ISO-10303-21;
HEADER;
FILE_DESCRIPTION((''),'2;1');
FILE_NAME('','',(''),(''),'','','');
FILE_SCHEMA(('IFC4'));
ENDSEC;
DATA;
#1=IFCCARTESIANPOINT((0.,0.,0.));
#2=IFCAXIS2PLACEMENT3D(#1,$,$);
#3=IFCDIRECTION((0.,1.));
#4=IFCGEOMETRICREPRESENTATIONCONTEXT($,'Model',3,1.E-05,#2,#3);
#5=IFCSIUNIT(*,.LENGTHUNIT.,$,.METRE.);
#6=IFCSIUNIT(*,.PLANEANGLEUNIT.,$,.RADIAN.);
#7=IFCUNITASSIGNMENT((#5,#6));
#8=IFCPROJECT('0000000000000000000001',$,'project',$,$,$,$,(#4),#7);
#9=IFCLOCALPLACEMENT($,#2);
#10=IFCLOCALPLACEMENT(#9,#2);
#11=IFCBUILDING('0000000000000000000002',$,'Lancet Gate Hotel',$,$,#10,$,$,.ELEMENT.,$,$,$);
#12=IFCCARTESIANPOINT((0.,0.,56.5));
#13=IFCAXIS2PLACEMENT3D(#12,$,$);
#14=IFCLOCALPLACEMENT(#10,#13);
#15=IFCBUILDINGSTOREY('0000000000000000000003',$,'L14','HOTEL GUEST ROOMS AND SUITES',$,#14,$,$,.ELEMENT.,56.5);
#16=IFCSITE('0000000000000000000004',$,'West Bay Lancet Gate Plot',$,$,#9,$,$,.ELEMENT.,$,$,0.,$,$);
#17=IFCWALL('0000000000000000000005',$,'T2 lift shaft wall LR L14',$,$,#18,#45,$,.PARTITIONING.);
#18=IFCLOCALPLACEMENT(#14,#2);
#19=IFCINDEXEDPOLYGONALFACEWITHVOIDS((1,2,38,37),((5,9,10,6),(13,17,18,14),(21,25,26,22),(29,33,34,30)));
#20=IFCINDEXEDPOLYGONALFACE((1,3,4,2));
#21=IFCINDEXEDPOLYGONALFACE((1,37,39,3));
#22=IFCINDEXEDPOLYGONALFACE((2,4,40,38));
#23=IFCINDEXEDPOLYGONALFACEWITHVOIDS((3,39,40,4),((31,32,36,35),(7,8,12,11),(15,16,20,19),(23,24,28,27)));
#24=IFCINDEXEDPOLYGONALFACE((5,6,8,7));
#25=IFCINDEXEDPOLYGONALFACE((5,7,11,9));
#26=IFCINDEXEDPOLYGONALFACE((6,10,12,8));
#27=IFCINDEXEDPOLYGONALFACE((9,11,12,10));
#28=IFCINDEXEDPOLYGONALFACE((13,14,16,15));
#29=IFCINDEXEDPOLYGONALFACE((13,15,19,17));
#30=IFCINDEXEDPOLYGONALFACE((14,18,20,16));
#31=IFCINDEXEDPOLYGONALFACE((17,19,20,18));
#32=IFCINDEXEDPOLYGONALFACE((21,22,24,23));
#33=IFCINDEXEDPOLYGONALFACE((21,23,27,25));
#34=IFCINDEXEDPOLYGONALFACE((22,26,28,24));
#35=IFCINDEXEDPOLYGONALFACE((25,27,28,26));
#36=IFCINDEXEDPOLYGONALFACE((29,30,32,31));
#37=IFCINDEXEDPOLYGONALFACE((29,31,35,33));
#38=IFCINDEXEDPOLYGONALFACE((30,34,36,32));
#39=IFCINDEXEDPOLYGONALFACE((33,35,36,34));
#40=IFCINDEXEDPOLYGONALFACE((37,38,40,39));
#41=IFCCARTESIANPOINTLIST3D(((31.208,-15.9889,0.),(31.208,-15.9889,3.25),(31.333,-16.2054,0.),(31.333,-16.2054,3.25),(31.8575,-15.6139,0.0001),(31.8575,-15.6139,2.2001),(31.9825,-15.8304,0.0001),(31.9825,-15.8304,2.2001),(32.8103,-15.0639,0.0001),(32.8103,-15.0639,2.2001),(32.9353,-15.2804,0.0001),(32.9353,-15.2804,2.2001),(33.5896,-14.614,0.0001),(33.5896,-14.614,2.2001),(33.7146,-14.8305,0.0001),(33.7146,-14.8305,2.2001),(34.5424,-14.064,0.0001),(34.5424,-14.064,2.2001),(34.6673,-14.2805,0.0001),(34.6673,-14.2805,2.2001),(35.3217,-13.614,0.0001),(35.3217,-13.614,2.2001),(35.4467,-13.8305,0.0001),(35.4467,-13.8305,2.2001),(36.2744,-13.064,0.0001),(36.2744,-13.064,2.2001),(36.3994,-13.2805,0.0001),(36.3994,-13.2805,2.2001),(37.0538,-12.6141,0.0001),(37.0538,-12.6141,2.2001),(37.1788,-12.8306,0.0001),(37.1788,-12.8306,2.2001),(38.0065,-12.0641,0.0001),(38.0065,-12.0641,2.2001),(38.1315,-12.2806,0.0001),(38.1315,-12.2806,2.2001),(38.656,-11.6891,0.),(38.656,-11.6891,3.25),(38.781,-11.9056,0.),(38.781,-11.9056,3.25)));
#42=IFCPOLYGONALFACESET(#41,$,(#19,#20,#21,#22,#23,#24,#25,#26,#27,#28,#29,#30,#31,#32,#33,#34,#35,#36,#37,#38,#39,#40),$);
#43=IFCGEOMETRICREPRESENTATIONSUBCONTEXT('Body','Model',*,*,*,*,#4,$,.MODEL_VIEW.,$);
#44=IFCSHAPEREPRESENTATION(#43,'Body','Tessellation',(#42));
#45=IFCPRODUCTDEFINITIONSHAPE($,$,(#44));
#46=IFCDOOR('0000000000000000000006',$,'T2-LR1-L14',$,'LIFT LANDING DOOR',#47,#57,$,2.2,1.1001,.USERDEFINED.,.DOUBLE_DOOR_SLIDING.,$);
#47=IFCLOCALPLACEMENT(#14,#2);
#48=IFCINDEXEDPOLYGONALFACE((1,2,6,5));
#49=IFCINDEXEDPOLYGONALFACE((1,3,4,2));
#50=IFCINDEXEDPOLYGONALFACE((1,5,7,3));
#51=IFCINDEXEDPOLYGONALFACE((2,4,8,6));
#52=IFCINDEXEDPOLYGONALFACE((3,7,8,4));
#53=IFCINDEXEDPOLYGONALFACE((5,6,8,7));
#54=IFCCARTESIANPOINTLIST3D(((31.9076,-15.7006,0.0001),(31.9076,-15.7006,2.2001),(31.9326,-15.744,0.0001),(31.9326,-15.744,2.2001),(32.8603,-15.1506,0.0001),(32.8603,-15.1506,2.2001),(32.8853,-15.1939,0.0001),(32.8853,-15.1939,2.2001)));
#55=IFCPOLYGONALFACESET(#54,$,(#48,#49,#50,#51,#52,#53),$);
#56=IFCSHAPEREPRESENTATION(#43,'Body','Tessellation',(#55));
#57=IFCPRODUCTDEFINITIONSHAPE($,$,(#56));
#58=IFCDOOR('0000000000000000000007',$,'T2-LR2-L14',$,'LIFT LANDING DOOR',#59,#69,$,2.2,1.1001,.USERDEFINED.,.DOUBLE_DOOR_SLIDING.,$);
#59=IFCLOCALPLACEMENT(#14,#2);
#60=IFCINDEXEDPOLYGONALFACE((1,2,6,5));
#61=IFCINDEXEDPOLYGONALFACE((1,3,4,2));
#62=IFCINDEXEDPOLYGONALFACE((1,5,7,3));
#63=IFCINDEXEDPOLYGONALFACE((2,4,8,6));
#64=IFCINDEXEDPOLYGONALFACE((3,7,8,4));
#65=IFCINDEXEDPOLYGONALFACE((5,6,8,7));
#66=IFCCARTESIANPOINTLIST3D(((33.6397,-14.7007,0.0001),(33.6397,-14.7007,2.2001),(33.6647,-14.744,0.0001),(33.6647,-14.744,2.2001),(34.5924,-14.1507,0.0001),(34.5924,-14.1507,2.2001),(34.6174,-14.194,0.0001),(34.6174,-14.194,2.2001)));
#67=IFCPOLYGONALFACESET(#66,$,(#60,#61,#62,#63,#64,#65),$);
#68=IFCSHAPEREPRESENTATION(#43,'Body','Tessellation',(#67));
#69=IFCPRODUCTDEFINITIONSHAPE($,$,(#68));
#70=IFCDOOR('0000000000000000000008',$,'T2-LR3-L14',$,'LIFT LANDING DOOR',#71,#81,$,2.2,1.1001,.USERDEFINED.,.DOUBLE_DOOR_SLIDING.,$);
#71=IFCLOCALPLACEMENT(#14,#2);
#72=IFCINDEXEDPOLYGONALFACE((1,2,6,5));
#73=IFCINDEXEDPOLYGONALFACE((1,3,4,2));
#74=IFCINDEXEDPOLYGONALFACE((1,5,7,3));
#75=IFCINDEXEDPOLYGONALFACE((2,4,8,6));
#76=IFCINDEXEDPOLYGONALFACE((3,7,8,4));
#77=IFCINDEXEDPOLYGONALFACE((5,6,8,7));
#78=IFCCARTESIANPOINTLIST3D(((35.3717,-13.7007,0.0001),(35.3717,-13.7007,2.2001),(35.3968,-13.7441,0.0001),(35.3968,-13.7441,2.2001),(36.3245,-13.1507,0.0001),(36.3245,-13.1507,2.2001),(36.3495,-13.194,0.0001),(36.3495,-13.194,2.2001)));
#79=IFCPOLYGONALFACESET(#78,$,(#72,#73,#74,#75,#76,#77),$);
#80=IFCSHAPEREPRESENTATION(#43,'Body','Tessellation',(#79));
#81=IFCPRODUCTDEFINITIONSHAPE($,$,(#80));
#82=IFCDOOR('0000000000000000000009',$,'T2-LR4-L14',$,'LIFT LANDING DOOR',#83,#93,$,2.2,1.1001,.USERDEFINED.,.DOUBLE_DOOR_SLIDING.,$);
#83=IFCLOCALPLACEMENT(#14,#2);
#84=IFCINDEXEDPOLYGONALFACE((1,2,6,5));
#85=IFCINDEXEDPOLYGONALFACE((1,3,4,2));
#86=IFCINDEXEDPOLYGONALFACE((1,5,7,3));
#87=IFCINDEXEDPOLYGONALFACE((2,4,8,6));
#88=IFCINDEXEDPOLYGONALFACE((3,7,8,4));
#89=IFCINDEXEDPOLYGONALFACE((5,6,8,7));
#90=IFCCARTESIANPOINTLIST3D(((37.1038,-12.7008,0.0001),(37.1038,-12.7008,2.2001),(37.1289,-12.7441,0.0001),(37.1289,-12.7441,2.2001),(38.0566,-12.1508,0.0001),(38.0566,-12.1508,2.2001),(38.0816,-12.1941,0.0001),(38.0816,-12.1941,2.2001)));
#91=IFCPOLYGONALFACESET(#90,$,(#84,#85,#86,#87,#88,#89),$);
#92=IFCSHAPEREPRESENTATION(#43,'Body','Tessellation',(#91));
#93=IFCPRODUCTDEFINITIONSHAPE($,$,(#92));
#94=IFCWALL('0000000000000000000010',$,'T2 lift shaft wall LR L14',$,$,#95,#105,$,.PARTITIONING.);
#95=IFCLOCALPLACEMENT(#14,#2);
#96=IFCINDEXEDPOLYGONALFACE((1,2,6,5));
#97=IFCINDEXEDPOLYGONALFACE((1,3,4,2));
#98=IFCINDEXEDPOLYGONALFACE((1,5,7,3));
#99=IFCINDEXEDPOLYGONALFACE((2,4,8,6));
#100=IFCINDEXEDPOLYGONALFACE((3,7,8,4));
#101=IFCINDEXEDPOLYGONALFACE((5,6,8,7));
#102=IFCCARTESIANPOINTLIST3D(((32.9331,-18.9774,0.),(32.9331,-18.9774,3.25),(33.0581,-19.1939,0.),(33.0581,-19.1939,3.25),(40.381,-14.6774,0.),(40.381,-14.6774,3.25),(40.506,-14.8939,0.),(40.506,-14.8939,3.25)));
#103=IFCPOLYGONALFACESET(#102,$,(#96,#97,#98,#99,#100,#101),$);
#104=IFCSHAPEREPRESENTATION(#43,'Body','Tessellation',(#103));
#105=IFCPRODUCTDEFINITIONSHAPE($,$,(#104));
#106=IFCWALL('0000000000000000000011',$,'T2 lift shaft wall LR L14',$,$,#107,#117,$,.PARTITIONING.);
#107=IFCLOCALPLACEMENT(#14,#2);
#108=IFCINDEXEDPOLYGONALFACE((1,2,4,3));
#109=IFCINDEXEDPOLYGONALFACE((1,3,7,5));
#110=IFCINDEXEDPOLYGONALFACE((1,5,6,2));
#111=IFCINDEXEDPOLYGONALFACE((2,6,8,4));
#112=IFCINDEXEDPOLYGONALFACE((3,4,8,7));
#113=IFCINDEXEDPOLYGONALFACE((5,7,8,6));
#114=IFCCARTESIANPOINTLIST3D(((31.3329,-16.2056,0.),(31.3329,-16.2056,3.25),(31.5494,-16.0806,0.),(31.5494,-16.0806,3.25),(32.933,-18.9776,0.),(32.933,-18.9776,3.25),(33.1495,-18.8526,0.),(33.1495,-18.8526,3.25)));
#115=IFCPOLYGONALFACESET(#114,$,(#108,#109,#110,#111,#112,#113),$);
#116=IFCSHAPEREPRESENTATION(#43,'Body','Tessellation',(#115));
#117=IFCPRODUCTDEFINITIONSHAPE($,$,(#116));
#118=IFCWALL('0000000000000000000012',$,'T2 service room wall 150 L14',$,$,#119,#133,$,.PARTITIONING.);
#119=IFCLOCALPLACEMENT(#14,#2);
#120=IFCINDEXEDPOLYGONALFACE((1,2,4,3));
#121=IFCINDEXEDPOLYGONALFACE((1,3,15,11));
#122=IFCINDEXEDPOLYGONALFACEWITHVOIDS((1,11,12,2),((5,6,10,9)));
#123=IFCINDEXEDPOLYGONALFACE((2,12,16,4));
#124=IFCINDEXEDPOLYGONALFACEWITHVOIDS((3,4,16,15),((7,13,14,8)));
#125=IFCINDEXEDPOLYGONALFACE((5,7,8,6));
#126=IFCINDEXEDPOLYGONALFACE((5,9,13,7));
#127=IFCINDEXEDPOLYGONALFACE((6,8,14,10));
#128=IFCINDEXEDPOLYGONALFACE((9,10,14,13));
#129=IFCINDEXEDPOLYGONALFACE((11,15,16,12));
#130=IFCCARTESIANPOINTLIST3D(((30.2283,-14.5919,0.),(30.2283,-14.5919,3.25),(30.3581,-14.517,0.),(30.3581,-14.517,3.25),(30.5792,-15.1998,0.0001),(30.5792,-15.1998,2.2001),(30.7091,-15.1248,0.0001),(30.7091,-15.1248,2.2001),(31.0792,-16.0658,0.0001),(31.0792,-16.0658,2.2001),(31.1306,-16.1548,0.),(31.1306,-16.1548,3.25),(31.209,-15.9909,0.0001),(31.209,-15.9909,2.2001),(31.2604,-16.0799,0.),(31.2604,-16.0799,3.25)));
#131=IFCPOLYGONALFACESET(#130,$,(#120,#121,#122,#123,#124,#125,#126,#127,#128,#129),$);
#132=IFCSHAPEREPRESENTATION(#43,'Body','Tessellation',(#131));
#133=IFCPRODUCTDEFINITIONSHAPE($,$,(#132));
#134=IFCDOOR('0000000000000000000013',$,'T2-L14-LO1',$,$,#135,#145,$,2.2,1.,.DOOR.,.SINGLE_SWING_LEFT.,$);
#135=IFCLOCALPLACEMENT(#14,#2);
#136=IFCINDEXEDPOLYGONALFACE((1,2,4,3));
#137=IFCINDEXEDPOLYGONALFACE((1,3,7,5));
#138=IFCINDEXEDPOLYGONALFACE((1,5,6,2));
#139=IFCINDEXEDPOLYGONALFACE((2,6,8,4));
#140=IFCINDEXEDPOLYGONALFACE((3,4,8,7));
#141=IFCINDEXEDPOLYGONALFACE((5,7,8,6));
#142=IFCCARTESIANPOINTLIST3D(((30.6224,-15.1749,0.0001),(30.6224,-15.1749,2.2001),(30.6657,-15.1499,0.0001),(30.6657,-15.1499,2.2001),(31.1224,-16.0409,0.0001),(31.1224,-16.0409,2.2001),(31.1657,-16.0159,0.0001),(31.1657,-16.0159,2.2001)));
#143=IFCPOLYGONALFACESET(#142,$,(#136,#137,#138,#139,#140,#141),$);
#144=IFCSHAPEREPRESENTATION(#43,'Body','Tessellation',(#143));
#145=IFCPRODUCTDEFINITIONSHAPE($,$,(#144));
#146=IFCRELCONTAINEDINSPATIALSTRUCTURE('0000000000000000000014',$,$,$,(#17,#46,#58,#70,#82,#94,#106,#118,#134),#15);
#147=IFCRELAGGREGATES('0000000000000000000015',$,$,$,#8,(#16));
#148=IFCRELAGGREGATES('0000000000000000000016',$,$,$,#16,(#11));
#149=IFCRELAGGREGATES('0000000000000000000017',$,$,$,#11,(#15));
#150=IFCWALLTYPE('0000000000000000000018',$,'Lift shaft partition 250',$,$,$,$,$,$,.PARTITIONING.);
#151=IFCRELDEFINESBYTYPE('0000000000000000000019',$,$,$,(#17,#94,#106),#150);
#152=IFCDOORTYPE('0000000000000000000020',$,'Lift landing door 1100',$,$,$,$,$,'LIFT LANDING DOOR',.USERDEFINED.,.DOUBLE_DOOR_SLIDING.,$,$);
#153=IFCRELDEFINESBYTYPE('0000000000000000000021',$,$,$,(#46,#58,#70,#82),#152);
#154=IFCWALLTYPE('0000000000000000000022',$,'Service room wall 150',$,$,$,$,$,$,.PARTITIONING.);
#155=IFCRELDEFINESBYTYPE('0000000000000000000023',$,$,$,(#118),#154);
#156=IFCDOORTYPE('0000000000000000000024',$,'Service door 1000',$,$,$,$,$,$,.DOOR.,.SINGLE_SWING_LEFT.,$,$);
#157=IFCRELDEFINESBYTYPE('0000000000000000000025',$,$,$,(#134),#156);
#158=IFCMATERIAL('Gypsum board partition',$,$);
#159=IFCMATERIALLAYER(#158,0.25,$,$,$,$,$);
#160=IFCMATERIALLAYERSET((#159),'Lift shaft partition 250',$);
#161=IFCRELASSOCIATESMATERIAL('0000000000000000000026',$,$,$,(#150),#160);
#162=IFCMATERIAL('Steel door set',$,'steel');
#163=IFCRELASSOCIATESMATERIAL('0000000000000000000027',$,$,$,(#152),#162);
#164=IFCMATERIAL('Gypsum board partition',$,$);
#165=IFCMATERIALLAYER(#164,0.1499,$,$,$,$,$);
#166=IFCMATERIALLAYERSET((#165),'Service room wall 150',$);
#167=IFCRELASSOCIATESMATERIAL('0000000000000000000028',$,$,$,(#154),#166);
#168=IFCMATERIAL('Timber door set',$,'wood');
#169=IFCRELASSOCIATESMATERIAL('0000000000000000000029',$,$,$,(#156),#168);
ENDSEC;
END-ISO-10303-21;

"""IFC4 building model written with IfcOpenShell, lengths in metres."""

from ifc_helpers import new_model, si_unit, direction, frame, frame_2d, origin, place, context, subcontext, project, spatial, rectangle, extrude, material, layer, layer_set, type_object, element, fill, save


model = new_model("IFC4")

# Units and contexts
model_context = context("Model", 3, precision=1e-05, world=origin(), true_north=direction((0.0, 1.0)))
body_context = subcontext(model_context, "Body", "Model", "MODEL_VIEW")
ifc_project = project(units=[si_unit("LENGTHUNIT", "METRE"), si_unit("PLANEANGLEUNIT", "RADIAN")], contexts=[model_context])

# Site, building, storey
site_placement = place(None, origin())
site = spatial("IfcSite", under=ifc_project, at=site_placement, Name="West Bay Lancet Gate Plot", CompositionType="ELEMENT", RefElevation=0.0)
building_placement = place(site_placement, origin())
building = spatial("IfcBuilding", under=site, at=building_placement, Name="Lancet Gate Hotel", CompositionType="ELEMENT")
storey_placement = place(building_placement, frame((0.0, 0.0, 56.5)))
storey = spatial("IfcBuildingStorey", under=building, at=storey_placement, Name="L14", Description="HOTEL GUEST ROOMS AND SUITES", CompositionType="ELEMENT", Elevation=56.5)

# Wall, openings, doors
ifc_material_1 = material(Name="Gypsum board partition")
ifc_layer_1 = layer(ifc_material_1, 0.25)
ifc_layer_set_1 = layer_set([ifc_layer_1], Name="Lift shaft partition 250")
wall_type_1 = type_object("IfcWallType", Name="Lift shaft partition 250", PredefinedType="PARTITIONING", material=ifc_layer_set_1)
wall_1_placement = place(storey_placement, frame((31.2705, -16.0972, 0.0), z_axis=(0.0, 0.0, 1.0), x_axis=(0.86604, 0.499974, 0.0)))
wall_1 = element("IfcWall", 1, at=wall_1_placement, inside=storey, type_object=wall_type_1, Name="T2 lift shaft wall LR L14", PredefinedType="PARTITIONING", context=body_context, shape_type="SweptSolid", body=[
    extrude(rectangle(XDim=8.6001, YDim=0.25, at=frame_2d((4.3, 0.0))), origin(), (0.0, 0.0, 1.0), 3.25),
])
opening_1_placement = place(wall_1_placement, frame((0.75, 0.0, 0.0)))
opening_1 = element("IfcOpeningElement", 2, at=opening_1_placement, cuts=wall_1, PredefinedType="OPENING", context=body_context, shape_type="SweptSolid", body=[
    extrude(rectangle(XDim=1.1001, YDim=2.2, at=frame_2d((0.55, 1.1001))), frame((0.0, 0.135, 0.0), z_axis=(0.0, -1.0, 0.0), x_axis=(1.0, 0.0, 0.0)), (0.0, 0.0, 1.0), 0.27),
])
opening_2_placement = place(wall_1_placement, frame((2.75, 0.0, 0.0)))
opening_2 = element("IfcOpeningElement", 3, at=opening_2_placement, cuts=wall_1, PredefinedType="OPENING", context=body_context, shape_type="SweptSolid", body=[
    extrude(rectangle(XDim=1.1001, YDim=2.2, at=frame_2d((0.55, 1.1001))), frame((0.0, 0.135, 0.0), z_axis=(0.0, -1.0, 0.0), x_axis=(1.0, 0.0, 0.0)), (0.0, 0.0, 1.0), 0.27),
])
opening_3_placement = place(wall_1_placement, frame((4.75, 0.0, 0.0)))
opening_3 = element("IfcOpeningElement", 4, at=opening_3_placement, cuts=wall_1, PredefinedType="OPENING", context=body_context, shape_type="SweptSolid", body=[
    extrude(rectangle(XDim=1.1001, YDim=2.2, at=frame_2d((0.55, 1.1001))), frame((0.0, 0.135, 0.0), z_axis=(0.0, -1.0, 0.0), x_axis=(1.0, 0.0, 0.0)), (0.0, 0.0, 1.0), 0.27),
])
opening_4_placement = place(wall_1_placement, frame((6.75, 0.0, 0.0)))
opening_4 = element("IfcOpeningElement", 5, at=opening_4_placement, cuts=wall_1, PredefinedType="OPENING", context=body_context, shape_type="SweptSolid", body=[
    extrude(rectangle(XDim=1.1001, YDim=2.2, at=frame_2d((0.55, 1.1001))), frame((0.0, 0.135, 0.0), z_axis=(0.0, -1.0, 0.0), x_axis=(1.0, 0.0, 0.0)), (0.0, 0.0, 1.0), 0.27),
])
ifc_material_2 = material(Name="Steel door set", Category="steel")
door_type_1 = type_object("IfcDoorType", Name="Lift landing door 1100", ElementType="LIFT LANDING DOOR", OperationType="DOUBLE_DOOR_SLIDING", PredefinedType="USERDEFINED", material=ifc_material_2)
door_1_placement = place(opening_1_placement, origin())
door_1 = element("IfcDoor", 6, at=door_1_placement, inside=storey, type_object=door_type_1, Name="T2-LR1-L14", ObjectType="LIFT LANDING DOOR", OperationType="DOUBLE_DOOR_SLIDING", OverallHeight=2.2, OverallWidth=1.1001, PredefinedType="USERDEFINED", context=body_context, shape_type="SweptSolid", body=[
    extrude(rectangle(XDim=1.1001, YDim=2.2, at=frame_2d((0.55, 1.1001))), frame((0.0, 0.0249, 0.0), z_axis=(0.0, -1.0, 0.0), x_axis=(1.0, 0.0, 0.0)), (0.0, 0.0, 1.0), 0.05),
])
fill(opening_1, door_1)
door_2_placement = place(opening_2_placement, origin())
door_2 = element("IfcDoor", 7, at=door_2_placement, inside=storey, type_object=door_type_1, Name="T2-LR2-L14", ObjectType="LIFT LANDING DOOR", OperationType="DOUBLE_DOOR_SLIDING", OverallHeight=2.2, OverallWidth=1.1001, PredefinedType="USERDEFINED", context=body_context, shape_type="SweptSolid", body=[
    extrude(rectangle(XDim=1.1001, YDim=2.2, at=frame_2d((0.55, 1.1001))), frame((0.0, 0.0249, 0.0), z_axis=(0.0, -1.0, 0.0), x_axis=(1.0, 0.0, 0.0)), (0.0, 0.0, 1.0), 0.05),
])
fill(opening_2, door_2)
door_3_placement = place(opening_3_placement, origin())
door_3 = element("IfcDoor", 8, at=door_3_placement, inside=storey, type_object=door_type_1, Name="T2-LR3-L14", ObjectType="LIFT LANDING DOOR", OperationType="DOUBLE_DOOR_SLIDING", OverallHeight=2.2, OverallWidth=1.1001, PredefinedType="USERDEFINED", context=body_context, shape_type="SweptSolid", body=[
    extrude(rectangle(XDim=1.1001, YDim=2.2, at=frame_2d((0.55, 1.1001))), frame((0.0, 0.0249, 0.0), z_axis=(0.0, -1.0, 0.0), x_axis=(1.0, 0.0, 0.0)), (0.0, 0.0, 1.0), 0.05),
])
fill(opening_3, door_3)
door_4_placement = place(opening_4_placement, origin())
door_4 = element("IfcDoor", 9, at=door_4_placement, inside=storey, type_object=door_type_1, Name="T2-LR4-L14", ObjectType="LIFT LANDING DOOR", OperationType="DOUBLE_DOOR_SLIDING", OverallHeight=2.2, OverallWidth=1.1001, PredefinedType="USERDEFINED", context=body_context, shape_type="SweptSolid", body=[
    extrude(rectangle(XDim=1.1001, YDim=2.2, at=frame_2d((0.55, 1.1001))), frame((0.0, 0.0249, 0.0), z_axis=(0.0, -1.0, 0.0), x_axis=(1.0, 0.0, 0.0)), (0.0, 0.0, 1.0), 0.05),
])
fill(opening_4, door_4)

# Walls
wall_2_placement = place(storey_placement, frame((32.9956, -19.0857, 0.0), z_axis=(0.0, 0.0, 1.0), x_axis=(0.866028, 0.499995, 0.0)))
element("IfcWall", 10, at=wall_2_placement, inside=storey, type_object=wall_type_1, Name="T2 lift shaft wall LR L14", PredefinedType="PARTITIONING", context=body_context, shape_type="SweptSolid", body=[
    extrude(rectangle(XDim=8.6001, YDim=0.25, at=frame_2d((4.3, 0.0))), origin(), (0.0, 0.0, 1.0), 3.25),
])
wall_3_placement = place(storey_placement, frame((31.4412, -16.1431, 0.0), z_axis=(0.0, 0.0, 1.0), x_axis=(0.499929, -0.866066, 0.0)))
element("IfcWall", 11, at=wall_3_placement, inside=storey, type_object=wall_type_1, Name="T2 lift shaft wall LR L14", PredefinedType="PARTITIONING", context=body_context, shape_type="SweptSolid", body=[
    extrude(rectangle(XDim=3.2007, YDim=0.25, at=frame_2d((1.6003, 0.0))), origin(), (0.0, 0.0, 1.0), 3.25),
])

# Wall, opening, door
ifc_material_3 = material(Name="Gypsum board partition")
ifc_layer_2 = layer(ifc_material_3, 0.1499)
ifc_layer_set_2 = layer_set([ifc_layer_2], Name="Service room wall 150")
wall_type_2 = type_object("IfcWallType", Name="Service room wall 150", PredefinedType="PARTITIONING", material=ifc_layer_set_2)
wall_4_placement = place(storey_placement, frame((30.2932, -14.5544, 0.0), z_axis=(0.0, 0.0, 1.0), x_axis=(0.49998, -0.866037, 0.0)))
wall_4 = element("IfcWall", 12, at=wall_4_placement, inside=storey, type_object=wall_type_2, Name="T2 service room wall 150 L14", PredefinedType="PARTITIONING", context=body_context, shape_type="SweptSolid", body=[
    extrude(rectangle(XDim=1.8047, YDim=0.1499, at=frame_2d((0.9023, 0.0))), origin(), (0.0, 0.0, 1.0), 3.25),
])
opening_5_placement = place(wall_4_placement, frame((0.7019, 0.0, 0.0)))
opening_5 = element("IfcOpeningElement", 13, at=opening_5_placement, cuts=wall_4, PredefinedType="OPENING", context=body_context, shape_type="SweptSolid", body=[
    extrude(rectangle(XDim=1.0, YDim=2.2, at=frame_2d((0.5, 1.1001))), frame((0.0, 0.085, 0.0), z_axis=(0.0, -1.0, 0.0), x_axis=(1.0, 0.0, 0.0)), (0.0, 0.0, 1.0), 0.1699),
])
ifc_material_4 = material(Name="Timber door set", Category="wood")
door_type_2 = type_object("IfcDoorType", Name="Service door 1000", OperationType="SINGLE_SWING_LEFT", PredefinedType="DOOR", material=ifc_material_4)
door_5_placement = place(opening_5_placement, origin())
door_5 = element("IfcDoor", 14, at=door_5_placement, inside=storey, type_object=door_type_2, Name="T2-L14-LO1", OperationType="SINGLE_SWING_LEFT", OverallHeight=2.2, OverallWidth=1.0, PredefinedType="DOOR", context=body_context, shape_type="SweptSolid", body=[
    extrude(rectangle(XDim=1.0, YDim=2.2, at=frame_2d((0.5, 1.1001))), frame((0.0, 0.0249, 0.0), z_axis=(0.0, -1.0, 0.0), x_axis=(1.0, 0.0, 0.0)), (0.0, 0.0, 1.0), 0.05),
])
fill(opening_5, door_5)

save(model, "model.ifc")
